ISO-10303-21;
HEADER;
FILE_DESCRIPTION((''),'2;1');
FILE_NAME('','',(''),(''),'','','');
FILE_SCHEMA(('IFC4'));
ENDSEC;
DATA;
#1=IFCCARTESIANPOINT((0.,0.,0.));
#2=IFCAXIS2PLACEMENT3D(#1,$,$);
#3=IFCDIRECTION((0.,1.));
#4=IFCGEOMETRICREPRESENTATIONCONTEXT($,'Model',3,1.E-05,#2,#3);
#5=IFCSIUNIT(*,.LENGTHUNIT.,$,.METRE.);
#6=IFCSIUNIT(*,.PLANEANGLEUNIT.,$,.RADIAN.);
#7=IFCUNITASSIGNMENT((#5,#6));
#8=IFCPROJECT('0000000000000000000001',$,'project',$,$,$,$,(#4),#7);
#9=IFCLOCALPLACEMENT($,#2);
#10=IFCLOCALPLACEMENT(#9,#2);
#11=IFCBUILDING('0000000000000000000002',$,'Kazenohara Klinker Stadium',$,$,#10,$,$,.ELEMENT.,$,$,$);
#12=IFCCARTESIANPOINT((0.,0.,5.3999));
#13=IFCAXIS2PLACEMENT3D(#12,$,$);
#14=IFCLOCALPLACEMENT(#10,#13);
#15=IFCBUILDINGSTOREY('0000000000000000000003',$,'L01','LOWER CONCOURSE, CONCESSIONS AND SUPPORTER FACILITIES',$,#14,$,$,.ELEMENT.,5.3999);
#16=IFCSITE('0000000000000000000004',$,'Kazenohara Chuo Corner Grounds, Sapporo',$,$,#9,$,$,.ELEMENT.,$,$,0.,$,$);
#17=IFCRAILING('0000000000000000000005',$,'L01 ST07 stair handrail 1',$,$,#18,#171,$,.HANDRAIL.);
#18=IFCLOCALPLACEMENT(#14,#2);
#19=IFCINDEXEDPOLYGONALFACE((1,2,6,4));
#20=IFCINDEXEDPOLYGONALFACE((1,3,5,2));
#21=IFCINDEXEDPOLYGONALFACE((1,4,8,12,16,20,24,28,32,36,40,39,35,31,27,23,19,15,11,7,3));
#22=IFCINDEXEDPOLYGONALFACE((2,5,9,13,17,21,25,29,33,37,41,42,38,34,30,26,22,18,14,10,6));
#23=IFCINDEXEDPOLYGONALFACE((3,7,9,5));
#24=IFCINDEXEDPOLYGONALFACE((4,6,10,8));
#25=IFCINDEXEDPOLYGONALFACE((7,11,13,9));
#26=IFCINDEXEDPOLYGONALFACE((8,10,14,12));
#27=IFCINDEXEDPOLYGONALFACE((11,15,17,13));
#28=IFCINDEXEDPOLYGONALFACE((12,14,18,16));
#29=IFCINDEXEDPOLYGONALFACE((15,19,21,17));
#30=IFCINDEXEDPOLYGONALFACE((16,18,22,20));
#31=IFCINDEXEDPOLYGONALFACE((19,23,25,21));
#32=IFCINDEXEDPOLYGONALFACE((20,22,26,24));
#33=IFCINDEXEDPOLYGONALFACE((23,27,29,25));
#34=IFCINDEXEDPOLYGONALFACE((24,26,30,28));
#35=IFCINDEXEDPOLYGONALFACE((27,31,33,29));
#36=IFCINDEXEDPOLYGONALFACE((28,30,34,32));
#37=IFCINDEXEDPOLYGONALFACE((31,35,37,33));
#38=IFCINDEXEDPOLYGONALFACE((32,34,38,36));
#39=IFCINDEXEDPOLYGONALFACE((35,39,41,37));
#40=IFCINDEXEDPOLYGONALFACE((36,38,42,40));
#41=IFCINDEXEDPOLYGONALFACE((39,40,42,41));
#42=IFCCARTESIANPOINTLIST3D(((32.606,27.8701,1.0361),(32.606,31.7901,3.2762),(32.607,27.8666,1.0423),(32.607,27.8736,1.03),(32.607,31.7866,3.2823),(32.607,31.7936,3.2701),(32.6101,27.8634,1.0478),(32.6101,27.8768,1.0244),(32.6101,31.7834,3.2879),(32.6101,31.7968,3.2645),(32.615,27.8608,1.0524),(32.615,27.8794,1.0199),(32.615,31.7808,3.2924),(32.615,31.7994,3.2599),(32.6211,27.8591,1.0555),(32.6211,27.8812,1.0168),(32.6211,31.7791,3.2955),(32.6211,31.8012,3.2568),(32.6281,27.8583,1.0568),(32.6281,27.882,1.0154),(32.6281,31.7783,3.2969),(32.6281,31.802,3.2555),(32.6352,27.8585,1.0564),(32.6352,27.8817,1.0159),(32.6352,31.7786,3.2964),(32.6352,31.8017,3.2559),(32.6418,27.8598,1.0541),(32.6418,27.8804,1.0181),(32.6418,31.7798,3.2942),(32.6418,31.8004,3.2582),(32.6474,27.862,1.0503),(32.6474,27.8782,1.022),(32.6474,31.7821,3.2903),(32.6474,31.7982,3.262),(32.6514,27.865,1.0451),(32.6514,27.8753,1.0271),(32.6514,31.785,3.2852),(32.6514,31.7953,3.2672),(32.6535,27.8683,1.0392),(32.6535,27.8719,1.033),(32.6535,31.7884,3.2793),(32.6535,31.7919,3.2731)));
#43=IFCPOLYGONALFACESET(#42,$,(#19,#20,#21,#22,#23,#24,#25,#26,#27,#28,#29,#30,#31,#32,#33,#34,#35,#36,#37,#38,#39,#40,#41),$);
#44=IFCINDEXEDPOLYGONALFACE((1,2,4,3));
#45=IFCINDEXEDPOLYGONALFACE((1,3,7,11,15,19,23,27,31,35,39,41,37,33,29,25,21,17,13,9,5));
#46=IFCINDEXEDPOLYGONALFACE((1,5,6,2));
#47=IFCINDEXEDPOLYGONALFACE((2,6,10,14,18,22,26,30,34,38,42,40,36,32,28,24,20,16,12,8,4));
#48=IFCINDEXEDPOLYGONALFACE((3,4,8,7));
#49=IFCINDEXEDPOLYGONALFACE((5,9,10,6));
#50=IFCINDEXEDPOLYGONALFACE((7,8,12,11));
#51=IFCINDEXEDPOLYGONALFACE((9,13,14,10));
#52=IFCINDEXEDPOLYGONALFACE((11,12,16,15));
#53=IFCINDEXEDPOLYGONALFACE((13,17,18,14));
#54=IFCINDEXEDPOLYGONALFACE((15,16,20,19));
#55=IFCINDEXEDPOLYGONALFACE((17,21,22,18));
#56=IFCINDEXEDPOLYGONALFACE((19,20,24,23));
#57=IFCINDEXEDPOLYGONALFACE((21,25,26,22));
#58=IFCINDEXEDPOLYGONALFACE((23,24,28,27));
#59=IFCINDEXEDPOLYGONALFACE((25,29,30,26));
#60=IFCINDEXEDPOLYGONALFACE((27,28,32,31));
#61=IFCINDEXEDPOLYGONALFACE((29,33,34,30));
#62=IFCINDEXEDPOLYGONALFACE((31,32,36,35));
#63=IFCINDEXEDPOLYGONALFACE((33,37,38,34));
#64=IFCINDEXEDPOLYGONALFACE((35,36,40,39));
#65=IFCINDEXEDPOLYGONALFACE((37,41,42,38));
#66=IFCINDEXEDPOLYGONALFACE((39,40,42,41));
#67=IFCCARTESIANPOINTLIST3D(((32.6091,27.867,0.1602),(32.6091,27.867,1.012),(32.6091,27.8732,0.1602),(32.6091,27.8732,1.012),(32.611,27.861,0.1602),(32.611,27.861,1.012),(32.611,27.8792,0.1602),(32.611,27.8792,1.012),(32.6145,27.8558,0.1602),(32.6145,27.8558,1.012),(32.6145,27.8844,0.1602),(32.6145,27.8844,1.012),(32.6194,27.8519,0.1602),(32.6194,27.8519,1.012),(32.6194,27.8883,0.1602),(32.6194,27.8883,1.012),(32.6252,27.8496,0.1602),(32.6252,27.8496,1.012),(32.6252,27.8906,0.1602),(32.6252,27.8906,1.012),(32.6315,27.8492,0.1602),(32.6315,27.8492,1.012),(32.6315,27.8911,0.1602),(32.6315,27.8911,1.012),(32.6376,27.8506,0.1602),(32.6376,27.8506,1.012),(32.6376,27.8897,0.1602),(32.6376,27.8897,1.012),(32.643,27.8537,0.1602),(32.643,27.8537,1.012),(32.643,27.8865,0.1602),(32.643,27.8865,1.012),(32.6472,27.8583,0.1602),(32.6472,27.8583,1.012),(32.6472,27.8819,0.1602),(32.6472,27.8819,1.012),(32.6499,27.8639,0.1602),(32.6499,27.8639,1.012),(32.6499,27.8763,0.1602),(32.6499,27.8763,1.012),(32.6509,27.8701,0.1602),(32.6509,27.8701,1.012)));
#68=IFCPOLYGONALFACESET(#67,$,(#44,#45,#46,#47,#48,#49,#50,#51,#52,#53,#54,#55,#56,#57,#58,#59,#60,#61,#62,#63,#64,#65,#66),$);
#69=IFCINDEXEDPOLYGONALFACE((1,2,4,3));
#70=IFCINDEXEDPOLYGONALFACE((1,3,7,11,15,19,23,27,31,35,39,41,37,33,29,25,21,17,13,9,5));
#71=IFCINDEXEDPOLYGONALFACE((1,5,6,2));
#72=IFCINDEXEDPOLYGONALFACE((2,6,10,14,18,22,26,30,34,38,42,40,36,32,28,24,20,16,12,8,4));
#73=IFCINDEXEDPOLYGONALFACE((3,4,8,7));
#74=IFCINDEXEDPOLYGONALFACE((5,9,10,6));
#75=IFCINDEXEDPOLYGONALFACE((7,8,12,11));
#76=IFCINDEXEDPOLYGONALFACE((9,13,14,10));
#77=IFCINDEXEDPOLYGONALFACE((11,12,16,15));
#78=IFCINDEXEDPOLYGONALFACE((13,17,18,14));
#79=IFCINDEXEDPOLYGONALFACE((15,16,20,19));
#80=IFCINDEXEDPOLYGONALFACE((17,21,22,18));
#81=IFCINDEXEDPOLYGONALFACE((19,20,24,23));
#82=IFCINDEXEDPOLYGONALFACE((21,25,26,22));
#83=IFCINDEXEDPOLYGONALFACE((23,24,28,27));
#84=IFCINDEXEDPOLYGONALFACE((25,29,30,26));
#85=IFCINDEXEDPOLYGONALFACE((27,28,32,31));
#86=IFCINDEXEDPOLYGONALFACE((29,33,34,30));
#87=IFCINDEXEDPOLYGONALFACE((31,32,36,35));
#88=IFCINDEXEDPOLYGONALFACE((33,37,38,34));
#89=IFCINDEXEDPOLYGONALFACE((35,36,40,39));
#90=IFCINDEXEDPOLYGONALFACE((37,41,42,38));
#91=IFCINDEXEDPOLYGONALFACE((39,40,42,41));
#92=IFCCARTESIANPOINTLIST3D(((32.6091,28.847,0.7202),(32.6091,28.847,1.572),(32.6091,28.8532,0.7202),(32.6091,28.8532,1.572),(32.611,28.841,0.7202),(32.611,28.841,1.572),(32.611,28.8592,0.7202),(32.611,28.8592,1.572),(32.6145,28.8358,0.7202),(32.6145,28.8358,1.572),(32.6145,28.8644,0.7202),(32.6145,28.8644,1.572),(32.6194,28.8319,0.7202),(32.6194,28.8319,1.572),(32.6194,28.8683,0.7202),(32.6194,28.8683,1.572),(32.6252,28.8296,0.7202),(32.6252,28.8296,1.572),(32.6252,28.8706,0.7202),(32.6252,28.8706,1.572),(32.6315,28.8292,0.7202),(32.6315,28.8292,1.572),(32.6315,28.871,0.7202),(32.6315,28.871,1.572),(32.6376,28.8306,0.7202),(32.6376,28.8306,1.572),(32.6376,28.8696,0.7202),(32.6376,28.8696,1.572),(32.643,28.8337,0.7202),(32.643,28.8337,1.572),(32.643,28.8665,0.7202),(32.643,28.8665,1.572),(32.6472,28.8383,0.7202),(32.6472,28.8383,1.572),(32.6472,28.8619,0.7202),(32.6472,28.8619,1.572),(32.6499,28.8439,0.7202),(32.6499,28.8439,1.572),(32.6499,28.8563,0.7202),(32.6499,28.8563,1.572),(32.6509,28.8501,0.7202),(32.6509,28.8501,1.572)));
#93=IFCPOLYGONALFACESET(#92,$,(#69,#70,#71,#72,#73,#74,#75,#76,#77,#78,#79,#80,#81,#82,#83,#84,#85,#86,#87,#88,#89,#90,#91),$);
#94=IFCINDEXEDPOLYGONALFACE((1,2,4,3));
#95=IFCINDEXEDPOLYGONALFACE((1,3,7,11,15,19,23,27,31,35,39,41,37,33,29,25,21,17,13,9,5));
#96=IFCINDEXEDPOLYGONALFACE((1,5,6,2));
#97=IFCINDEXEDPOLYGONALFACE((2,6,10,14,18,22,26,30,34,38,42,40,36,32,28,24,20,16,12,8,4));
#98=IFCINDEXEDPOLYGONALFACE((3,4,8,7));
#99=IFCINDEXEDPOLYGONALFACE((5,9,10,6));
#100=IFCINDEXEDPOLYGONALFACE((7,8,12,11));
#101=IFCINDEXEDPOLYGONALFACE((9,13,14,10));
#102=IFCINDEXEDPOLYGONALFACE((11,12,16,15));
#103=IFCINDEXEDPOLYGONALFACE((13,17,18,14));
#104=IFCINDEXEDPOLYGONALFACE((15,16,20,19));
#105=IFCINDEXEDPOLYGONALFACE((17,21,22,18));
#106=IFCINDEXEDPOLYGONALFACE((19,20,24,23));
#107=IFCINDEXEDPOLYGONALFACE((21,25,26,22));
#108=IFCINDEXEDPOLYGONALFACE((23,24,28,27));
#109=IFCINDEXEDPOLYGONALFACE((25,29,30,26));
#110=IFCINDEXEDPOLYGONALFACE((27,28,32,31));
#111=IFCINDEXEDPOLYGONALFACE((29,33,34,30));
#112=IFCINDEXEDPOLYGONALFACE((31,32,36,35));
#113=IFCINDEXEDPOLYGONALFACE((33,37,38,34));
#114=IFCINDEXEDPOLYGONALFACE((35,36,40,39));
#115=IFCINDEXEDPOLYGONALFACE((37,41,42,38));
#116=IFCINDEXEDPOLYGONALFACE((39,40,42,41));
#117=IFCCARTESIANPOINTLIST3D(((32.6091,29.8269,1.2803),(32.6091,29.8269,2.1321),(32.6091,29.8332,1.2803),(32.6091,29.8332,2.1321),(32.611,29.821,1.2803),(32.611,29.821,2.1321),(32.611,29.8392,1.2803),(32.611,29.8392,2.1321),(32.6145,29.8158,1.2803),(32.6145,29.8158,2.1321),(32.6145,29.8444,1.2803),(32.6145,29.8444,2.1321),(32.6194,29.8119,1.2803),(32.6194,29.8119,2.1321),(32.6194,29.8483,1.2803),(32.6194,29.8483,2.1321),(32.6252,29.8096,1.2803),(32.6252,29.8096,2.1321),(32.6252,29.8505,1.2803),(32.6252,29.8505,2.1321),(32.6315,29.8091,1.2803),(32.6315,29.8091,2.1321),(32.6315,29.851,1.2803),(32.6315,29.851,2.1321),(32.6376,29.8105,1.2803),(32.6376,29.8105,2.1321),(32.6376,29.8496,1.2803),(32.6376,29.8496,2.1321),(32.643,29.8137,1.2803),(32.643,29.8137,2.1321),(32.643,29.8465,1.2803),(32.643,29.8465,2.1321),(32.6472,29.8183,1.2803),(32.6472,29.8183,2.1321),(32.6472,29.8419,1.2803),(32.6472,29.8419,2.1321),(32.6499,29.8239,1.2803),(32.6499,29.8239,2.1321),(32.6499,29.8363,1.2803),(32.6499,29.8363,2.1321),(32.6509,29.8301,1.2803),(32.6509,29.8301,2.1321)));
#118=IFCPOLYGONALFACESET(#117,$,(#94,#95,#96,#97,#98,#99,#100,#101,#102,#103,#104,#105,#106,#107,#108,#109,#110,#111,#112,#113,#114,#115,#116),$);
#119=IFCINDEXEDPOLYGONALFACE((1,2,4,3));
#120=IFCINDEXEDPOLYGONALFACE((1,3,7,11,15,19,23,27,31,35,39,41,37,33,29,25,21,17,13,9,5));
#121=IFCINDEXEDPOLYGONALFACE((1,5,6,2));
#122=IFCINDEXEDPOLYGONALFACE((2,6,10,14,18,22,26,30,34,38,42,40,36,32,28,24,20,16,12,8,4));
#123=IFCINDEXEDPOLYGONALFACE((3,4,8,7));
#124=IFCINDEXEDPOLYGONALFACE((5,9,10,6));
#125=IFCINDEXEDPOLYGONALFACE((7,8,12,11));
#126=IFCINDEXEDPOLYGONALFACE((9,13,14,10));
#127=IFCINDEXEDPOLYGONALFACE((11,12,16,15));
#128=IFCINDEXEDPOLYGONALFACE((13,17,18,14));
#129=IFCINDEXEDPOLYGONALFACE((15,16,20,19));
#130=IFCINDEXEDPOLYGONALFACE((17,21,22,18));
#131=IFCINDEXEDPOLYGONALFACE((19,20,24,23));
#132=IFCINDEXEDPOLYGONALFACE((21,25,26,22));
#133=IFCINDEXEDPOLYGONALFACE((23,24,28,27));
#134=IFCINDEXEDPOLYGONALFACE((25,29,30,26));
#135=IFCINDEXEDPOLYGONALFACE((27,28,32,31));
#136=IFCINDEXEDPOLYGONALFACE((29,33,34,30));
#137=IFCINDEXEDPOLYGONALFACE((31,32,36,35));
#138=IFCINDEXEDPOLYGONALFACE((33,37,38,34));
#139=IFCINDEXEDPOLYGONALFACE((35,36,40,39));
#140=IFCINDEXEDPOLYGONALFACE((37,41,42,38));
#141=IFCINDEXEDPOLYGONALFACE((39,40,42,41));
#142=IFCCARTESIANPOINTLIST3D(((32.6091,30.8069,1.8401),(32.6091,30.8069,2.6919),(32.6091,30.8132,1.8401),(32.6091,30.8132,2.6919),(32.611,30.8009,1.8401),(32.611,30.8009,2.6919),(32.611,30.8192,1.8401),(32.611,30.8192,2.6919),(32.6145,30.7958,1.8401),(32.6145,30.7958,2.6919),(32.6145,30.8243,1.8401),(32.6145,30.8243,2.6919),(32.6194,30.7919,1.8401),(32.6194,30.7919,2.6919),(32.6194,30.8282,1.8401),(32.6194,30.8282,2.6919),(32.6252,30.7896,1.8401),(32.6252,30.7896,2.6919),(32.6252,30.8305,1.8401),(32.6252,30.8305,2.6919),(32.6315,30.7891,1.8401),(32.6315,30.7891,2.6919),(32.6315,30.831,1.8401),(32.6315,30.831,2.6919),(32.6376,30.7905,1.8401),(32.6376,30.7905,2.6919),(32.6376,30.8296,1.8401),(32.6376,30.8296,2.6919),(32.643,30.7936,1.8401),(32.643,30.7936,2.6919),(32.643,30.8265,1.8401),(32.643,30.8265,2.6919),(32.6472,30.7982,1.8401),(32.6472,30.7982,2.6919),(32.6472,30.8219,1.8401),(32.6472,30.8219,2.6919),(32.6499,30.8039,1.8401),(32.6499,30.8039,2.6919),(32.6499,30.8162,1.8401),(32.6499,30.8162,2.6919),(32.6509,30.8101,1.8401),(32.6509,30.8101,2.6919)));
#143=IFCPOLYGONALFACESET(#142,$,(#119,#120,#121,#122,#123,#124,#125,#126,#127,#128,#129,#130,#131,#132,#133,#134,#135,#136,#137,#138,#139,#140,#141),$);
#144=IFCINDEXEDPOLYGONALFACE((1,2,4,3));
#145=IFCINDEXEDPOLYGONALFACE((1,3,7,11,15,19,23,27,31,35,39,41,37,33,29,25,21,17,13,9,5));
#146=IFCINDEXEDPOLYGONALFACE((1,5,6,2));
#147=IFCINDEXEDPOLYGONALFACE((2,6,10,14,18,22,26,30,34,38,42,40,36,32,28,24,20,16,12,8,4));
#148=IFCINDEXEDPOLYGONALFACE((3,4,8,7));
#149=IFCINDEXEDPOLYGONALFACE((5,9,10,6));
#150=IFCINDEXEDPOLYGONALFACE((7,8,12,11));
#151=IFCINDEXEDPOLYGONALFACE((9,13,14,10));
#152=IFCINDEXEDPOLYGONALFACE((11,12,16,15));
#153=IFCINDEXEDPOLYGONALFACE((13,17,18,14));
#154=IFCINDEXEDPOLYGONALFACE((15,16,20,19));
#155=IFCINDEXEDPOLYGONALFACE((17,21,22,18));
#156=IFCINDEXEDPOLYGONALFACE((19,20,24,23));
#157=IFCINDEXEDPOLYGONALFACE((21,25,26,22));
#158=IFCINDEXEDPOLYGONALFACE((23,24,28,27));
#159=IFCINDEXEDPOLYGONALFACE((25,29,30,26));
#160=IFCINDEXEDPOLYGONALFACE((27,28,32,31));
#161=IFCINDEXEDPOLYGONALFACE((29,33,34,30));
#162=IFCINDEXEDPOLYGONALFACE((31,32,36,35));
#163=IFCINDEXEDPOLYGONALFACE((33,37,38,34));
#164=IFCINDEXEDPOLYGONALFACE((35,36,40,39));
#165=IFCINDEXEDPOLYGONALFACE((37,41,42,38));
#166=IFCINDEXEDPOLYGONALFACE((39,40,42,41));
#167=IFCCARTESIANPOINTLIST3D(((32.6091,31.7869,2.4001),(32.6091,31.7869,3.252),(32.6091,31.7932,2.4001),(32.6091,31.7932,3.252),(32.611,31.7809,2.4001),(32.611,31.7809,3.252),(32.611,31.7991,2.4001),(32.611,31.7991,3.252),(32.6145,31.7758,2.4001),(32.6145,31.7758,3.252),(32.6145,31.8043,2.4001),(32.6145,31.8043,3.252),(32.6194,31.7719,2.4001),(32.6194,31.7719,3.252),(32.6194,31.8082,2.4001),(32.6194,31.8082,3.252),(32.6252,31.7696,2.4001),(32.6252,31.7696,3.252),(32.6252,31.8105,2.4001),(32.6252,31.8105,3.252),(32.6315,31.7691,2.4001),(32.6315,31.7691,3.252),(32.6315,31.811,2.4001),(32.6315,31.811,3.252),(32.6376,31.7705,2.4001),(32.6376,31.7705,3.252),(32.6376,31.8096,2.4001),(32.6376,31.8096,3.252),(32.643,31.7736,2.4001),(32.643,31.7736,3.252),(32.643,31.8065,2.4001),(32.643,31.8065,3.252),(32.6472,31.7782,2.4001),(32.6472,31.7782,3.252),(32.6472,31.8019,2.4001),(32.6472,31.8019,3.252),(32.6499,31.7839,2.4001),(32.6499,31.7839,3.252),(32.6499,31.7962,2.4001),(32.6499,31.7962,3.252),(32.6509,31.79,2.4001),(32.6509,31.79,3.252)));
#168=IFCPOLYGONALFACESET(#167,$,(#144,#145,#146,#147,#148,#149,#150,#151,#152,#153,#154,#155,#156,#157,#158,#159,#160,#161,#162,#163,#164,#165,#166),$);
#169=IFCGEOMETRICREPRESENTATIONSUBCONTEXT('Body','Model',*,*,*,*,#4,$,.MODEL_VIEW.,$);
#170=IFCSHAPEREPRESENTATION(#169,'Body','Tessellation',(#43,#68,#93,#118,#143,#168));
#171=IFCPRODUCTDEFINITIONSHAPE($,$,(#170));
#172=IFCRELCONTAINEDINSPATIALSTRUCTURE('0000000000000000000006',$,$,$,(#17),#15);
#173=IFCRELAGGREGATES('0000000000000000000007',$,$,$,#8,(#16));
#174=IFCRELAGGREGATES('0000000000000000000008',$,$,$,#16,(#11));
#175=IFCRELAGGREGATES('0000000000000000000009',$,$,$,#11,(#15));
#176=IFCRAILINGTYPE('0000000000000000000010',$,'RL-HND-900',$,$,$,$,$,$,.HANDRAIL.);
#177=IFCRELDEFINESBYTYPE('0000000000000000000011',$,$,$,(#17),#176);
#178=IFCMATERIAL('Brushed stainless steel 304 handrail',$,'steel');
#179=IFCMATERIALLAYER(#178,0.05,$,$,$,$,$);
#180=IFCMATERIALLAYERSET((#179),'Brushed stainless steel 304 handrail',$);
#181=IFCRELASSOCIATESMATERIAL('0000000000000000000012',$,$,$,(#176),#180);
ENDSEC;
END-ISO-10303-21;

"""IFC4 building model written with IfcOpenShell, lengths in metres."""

from ifc_helpers import new_model, si_unit, direction, frame, origin, origin_2d, place, context, subcontext, project, spatial, circle, extrude, material, layer, layer_set, type_object, element, save


model = new_model("IFC4")

# Units and contexts
model_context = context("Model", 3, precision=1e-05, world=origin(), true_north=direction((0.0, 1.0)))
body_context = subcontext(model_context, "Body", "Model", "MODEL_VIEW")
ifc_project = project(units=[si_unit("LENGTHUNIT", "METRE"), si_unit("PLANEANGLEUNIT", "RADIAN")], contexts=[model_context])

# Site, building, storey
site_placement = place(None, origin())
site = spatial("IfcSite", under=ifc_project, at=site_placement, Name="Kazenohara Chuo Corner Grounds, Sapporo", CompositionType="ELEMENT", RefElevation=0.0)
building_placement = place(site_placement, origin())
building = spatial("IfcBuilding", under=site, at=building_placement, Name="Kazenohara Klinker Stadium", CompositionType="ELEMENT")
storey_placement = place(building_placement, frame((0.0, 0.0, 5.3999)))
storey = spatial("IfcBuildingStorey", under=building, at=storey_placement, Name="L01", Description="LOWER CONCOURSE, CONCESSIONS AND SUPPORTER FACILITIES", CompositionType="ELEMENT", Elevation=5.3999)

# Railing
ifc_material_1 = material(Name="Brushed stainless steel 304 handrail", Category="steel")
ifc_layer_1 = layer(ifc_material_1, 0.05)
ifc_layer_set_1 = layer_set([ifc_layer_1], Name="Brushed stainless steel 304 handrail")
railing_type_1 = type_object("IfcRailingType", Name="RL-HND-900", PredefinedType="HANDRAIL", material=ifc_layer_set_1)
railing_1_placement = place(storey_placement, frame((32.6299, 27.8701, 0.1602)))
element("IfcRailing", 1, at=railing_1_placement, inside=storey, type_object=railing_type_1, Name="L01 ST07 stair handrail 1", PredefinedType="HANDRAIL", context=body_context, shape_type="SweptSolid", body=[
    extrude(circle(Radius=0.0239, at=origin_2d()), frame((0.0, 0.0, 0.876), z_axis=(0.0, 0.86824, 0.496145), x_axis=(-1.0, 0.0, 0.0)), (0.0, 0.0, 1.0), 4.5149),
    extrude(circle(Radius=0.021, at=origin_2d()), origin(), (0.0, 0.0, 1.0), 0.8518),
    extrude(circle(Radius=0.021, at=origin_2d()), frame((0.0, 0.98, 0.5601)), (0.0, 0.0, 1.0), 0.8518),
    extrude(circle(Radius=0.021, at=origin_2d()), frame((0.0, 1.96, 1.1201)), (0.0, 0.0, 1.0), 0.8518),
    extrude(circle(Radius=0.021, at=origin_2d()), frame((0.0, 2.9399, 1.6799)), (0.0, 0.0, 1.0), 0.8518),
    extrude(circle(Radius=0.021, at=origin_2d()), frame((0.0, 3.9199, 2.24)), (0.0, 0.0, 1.0), 0.8518),
])

save(model, "model.ifc")
